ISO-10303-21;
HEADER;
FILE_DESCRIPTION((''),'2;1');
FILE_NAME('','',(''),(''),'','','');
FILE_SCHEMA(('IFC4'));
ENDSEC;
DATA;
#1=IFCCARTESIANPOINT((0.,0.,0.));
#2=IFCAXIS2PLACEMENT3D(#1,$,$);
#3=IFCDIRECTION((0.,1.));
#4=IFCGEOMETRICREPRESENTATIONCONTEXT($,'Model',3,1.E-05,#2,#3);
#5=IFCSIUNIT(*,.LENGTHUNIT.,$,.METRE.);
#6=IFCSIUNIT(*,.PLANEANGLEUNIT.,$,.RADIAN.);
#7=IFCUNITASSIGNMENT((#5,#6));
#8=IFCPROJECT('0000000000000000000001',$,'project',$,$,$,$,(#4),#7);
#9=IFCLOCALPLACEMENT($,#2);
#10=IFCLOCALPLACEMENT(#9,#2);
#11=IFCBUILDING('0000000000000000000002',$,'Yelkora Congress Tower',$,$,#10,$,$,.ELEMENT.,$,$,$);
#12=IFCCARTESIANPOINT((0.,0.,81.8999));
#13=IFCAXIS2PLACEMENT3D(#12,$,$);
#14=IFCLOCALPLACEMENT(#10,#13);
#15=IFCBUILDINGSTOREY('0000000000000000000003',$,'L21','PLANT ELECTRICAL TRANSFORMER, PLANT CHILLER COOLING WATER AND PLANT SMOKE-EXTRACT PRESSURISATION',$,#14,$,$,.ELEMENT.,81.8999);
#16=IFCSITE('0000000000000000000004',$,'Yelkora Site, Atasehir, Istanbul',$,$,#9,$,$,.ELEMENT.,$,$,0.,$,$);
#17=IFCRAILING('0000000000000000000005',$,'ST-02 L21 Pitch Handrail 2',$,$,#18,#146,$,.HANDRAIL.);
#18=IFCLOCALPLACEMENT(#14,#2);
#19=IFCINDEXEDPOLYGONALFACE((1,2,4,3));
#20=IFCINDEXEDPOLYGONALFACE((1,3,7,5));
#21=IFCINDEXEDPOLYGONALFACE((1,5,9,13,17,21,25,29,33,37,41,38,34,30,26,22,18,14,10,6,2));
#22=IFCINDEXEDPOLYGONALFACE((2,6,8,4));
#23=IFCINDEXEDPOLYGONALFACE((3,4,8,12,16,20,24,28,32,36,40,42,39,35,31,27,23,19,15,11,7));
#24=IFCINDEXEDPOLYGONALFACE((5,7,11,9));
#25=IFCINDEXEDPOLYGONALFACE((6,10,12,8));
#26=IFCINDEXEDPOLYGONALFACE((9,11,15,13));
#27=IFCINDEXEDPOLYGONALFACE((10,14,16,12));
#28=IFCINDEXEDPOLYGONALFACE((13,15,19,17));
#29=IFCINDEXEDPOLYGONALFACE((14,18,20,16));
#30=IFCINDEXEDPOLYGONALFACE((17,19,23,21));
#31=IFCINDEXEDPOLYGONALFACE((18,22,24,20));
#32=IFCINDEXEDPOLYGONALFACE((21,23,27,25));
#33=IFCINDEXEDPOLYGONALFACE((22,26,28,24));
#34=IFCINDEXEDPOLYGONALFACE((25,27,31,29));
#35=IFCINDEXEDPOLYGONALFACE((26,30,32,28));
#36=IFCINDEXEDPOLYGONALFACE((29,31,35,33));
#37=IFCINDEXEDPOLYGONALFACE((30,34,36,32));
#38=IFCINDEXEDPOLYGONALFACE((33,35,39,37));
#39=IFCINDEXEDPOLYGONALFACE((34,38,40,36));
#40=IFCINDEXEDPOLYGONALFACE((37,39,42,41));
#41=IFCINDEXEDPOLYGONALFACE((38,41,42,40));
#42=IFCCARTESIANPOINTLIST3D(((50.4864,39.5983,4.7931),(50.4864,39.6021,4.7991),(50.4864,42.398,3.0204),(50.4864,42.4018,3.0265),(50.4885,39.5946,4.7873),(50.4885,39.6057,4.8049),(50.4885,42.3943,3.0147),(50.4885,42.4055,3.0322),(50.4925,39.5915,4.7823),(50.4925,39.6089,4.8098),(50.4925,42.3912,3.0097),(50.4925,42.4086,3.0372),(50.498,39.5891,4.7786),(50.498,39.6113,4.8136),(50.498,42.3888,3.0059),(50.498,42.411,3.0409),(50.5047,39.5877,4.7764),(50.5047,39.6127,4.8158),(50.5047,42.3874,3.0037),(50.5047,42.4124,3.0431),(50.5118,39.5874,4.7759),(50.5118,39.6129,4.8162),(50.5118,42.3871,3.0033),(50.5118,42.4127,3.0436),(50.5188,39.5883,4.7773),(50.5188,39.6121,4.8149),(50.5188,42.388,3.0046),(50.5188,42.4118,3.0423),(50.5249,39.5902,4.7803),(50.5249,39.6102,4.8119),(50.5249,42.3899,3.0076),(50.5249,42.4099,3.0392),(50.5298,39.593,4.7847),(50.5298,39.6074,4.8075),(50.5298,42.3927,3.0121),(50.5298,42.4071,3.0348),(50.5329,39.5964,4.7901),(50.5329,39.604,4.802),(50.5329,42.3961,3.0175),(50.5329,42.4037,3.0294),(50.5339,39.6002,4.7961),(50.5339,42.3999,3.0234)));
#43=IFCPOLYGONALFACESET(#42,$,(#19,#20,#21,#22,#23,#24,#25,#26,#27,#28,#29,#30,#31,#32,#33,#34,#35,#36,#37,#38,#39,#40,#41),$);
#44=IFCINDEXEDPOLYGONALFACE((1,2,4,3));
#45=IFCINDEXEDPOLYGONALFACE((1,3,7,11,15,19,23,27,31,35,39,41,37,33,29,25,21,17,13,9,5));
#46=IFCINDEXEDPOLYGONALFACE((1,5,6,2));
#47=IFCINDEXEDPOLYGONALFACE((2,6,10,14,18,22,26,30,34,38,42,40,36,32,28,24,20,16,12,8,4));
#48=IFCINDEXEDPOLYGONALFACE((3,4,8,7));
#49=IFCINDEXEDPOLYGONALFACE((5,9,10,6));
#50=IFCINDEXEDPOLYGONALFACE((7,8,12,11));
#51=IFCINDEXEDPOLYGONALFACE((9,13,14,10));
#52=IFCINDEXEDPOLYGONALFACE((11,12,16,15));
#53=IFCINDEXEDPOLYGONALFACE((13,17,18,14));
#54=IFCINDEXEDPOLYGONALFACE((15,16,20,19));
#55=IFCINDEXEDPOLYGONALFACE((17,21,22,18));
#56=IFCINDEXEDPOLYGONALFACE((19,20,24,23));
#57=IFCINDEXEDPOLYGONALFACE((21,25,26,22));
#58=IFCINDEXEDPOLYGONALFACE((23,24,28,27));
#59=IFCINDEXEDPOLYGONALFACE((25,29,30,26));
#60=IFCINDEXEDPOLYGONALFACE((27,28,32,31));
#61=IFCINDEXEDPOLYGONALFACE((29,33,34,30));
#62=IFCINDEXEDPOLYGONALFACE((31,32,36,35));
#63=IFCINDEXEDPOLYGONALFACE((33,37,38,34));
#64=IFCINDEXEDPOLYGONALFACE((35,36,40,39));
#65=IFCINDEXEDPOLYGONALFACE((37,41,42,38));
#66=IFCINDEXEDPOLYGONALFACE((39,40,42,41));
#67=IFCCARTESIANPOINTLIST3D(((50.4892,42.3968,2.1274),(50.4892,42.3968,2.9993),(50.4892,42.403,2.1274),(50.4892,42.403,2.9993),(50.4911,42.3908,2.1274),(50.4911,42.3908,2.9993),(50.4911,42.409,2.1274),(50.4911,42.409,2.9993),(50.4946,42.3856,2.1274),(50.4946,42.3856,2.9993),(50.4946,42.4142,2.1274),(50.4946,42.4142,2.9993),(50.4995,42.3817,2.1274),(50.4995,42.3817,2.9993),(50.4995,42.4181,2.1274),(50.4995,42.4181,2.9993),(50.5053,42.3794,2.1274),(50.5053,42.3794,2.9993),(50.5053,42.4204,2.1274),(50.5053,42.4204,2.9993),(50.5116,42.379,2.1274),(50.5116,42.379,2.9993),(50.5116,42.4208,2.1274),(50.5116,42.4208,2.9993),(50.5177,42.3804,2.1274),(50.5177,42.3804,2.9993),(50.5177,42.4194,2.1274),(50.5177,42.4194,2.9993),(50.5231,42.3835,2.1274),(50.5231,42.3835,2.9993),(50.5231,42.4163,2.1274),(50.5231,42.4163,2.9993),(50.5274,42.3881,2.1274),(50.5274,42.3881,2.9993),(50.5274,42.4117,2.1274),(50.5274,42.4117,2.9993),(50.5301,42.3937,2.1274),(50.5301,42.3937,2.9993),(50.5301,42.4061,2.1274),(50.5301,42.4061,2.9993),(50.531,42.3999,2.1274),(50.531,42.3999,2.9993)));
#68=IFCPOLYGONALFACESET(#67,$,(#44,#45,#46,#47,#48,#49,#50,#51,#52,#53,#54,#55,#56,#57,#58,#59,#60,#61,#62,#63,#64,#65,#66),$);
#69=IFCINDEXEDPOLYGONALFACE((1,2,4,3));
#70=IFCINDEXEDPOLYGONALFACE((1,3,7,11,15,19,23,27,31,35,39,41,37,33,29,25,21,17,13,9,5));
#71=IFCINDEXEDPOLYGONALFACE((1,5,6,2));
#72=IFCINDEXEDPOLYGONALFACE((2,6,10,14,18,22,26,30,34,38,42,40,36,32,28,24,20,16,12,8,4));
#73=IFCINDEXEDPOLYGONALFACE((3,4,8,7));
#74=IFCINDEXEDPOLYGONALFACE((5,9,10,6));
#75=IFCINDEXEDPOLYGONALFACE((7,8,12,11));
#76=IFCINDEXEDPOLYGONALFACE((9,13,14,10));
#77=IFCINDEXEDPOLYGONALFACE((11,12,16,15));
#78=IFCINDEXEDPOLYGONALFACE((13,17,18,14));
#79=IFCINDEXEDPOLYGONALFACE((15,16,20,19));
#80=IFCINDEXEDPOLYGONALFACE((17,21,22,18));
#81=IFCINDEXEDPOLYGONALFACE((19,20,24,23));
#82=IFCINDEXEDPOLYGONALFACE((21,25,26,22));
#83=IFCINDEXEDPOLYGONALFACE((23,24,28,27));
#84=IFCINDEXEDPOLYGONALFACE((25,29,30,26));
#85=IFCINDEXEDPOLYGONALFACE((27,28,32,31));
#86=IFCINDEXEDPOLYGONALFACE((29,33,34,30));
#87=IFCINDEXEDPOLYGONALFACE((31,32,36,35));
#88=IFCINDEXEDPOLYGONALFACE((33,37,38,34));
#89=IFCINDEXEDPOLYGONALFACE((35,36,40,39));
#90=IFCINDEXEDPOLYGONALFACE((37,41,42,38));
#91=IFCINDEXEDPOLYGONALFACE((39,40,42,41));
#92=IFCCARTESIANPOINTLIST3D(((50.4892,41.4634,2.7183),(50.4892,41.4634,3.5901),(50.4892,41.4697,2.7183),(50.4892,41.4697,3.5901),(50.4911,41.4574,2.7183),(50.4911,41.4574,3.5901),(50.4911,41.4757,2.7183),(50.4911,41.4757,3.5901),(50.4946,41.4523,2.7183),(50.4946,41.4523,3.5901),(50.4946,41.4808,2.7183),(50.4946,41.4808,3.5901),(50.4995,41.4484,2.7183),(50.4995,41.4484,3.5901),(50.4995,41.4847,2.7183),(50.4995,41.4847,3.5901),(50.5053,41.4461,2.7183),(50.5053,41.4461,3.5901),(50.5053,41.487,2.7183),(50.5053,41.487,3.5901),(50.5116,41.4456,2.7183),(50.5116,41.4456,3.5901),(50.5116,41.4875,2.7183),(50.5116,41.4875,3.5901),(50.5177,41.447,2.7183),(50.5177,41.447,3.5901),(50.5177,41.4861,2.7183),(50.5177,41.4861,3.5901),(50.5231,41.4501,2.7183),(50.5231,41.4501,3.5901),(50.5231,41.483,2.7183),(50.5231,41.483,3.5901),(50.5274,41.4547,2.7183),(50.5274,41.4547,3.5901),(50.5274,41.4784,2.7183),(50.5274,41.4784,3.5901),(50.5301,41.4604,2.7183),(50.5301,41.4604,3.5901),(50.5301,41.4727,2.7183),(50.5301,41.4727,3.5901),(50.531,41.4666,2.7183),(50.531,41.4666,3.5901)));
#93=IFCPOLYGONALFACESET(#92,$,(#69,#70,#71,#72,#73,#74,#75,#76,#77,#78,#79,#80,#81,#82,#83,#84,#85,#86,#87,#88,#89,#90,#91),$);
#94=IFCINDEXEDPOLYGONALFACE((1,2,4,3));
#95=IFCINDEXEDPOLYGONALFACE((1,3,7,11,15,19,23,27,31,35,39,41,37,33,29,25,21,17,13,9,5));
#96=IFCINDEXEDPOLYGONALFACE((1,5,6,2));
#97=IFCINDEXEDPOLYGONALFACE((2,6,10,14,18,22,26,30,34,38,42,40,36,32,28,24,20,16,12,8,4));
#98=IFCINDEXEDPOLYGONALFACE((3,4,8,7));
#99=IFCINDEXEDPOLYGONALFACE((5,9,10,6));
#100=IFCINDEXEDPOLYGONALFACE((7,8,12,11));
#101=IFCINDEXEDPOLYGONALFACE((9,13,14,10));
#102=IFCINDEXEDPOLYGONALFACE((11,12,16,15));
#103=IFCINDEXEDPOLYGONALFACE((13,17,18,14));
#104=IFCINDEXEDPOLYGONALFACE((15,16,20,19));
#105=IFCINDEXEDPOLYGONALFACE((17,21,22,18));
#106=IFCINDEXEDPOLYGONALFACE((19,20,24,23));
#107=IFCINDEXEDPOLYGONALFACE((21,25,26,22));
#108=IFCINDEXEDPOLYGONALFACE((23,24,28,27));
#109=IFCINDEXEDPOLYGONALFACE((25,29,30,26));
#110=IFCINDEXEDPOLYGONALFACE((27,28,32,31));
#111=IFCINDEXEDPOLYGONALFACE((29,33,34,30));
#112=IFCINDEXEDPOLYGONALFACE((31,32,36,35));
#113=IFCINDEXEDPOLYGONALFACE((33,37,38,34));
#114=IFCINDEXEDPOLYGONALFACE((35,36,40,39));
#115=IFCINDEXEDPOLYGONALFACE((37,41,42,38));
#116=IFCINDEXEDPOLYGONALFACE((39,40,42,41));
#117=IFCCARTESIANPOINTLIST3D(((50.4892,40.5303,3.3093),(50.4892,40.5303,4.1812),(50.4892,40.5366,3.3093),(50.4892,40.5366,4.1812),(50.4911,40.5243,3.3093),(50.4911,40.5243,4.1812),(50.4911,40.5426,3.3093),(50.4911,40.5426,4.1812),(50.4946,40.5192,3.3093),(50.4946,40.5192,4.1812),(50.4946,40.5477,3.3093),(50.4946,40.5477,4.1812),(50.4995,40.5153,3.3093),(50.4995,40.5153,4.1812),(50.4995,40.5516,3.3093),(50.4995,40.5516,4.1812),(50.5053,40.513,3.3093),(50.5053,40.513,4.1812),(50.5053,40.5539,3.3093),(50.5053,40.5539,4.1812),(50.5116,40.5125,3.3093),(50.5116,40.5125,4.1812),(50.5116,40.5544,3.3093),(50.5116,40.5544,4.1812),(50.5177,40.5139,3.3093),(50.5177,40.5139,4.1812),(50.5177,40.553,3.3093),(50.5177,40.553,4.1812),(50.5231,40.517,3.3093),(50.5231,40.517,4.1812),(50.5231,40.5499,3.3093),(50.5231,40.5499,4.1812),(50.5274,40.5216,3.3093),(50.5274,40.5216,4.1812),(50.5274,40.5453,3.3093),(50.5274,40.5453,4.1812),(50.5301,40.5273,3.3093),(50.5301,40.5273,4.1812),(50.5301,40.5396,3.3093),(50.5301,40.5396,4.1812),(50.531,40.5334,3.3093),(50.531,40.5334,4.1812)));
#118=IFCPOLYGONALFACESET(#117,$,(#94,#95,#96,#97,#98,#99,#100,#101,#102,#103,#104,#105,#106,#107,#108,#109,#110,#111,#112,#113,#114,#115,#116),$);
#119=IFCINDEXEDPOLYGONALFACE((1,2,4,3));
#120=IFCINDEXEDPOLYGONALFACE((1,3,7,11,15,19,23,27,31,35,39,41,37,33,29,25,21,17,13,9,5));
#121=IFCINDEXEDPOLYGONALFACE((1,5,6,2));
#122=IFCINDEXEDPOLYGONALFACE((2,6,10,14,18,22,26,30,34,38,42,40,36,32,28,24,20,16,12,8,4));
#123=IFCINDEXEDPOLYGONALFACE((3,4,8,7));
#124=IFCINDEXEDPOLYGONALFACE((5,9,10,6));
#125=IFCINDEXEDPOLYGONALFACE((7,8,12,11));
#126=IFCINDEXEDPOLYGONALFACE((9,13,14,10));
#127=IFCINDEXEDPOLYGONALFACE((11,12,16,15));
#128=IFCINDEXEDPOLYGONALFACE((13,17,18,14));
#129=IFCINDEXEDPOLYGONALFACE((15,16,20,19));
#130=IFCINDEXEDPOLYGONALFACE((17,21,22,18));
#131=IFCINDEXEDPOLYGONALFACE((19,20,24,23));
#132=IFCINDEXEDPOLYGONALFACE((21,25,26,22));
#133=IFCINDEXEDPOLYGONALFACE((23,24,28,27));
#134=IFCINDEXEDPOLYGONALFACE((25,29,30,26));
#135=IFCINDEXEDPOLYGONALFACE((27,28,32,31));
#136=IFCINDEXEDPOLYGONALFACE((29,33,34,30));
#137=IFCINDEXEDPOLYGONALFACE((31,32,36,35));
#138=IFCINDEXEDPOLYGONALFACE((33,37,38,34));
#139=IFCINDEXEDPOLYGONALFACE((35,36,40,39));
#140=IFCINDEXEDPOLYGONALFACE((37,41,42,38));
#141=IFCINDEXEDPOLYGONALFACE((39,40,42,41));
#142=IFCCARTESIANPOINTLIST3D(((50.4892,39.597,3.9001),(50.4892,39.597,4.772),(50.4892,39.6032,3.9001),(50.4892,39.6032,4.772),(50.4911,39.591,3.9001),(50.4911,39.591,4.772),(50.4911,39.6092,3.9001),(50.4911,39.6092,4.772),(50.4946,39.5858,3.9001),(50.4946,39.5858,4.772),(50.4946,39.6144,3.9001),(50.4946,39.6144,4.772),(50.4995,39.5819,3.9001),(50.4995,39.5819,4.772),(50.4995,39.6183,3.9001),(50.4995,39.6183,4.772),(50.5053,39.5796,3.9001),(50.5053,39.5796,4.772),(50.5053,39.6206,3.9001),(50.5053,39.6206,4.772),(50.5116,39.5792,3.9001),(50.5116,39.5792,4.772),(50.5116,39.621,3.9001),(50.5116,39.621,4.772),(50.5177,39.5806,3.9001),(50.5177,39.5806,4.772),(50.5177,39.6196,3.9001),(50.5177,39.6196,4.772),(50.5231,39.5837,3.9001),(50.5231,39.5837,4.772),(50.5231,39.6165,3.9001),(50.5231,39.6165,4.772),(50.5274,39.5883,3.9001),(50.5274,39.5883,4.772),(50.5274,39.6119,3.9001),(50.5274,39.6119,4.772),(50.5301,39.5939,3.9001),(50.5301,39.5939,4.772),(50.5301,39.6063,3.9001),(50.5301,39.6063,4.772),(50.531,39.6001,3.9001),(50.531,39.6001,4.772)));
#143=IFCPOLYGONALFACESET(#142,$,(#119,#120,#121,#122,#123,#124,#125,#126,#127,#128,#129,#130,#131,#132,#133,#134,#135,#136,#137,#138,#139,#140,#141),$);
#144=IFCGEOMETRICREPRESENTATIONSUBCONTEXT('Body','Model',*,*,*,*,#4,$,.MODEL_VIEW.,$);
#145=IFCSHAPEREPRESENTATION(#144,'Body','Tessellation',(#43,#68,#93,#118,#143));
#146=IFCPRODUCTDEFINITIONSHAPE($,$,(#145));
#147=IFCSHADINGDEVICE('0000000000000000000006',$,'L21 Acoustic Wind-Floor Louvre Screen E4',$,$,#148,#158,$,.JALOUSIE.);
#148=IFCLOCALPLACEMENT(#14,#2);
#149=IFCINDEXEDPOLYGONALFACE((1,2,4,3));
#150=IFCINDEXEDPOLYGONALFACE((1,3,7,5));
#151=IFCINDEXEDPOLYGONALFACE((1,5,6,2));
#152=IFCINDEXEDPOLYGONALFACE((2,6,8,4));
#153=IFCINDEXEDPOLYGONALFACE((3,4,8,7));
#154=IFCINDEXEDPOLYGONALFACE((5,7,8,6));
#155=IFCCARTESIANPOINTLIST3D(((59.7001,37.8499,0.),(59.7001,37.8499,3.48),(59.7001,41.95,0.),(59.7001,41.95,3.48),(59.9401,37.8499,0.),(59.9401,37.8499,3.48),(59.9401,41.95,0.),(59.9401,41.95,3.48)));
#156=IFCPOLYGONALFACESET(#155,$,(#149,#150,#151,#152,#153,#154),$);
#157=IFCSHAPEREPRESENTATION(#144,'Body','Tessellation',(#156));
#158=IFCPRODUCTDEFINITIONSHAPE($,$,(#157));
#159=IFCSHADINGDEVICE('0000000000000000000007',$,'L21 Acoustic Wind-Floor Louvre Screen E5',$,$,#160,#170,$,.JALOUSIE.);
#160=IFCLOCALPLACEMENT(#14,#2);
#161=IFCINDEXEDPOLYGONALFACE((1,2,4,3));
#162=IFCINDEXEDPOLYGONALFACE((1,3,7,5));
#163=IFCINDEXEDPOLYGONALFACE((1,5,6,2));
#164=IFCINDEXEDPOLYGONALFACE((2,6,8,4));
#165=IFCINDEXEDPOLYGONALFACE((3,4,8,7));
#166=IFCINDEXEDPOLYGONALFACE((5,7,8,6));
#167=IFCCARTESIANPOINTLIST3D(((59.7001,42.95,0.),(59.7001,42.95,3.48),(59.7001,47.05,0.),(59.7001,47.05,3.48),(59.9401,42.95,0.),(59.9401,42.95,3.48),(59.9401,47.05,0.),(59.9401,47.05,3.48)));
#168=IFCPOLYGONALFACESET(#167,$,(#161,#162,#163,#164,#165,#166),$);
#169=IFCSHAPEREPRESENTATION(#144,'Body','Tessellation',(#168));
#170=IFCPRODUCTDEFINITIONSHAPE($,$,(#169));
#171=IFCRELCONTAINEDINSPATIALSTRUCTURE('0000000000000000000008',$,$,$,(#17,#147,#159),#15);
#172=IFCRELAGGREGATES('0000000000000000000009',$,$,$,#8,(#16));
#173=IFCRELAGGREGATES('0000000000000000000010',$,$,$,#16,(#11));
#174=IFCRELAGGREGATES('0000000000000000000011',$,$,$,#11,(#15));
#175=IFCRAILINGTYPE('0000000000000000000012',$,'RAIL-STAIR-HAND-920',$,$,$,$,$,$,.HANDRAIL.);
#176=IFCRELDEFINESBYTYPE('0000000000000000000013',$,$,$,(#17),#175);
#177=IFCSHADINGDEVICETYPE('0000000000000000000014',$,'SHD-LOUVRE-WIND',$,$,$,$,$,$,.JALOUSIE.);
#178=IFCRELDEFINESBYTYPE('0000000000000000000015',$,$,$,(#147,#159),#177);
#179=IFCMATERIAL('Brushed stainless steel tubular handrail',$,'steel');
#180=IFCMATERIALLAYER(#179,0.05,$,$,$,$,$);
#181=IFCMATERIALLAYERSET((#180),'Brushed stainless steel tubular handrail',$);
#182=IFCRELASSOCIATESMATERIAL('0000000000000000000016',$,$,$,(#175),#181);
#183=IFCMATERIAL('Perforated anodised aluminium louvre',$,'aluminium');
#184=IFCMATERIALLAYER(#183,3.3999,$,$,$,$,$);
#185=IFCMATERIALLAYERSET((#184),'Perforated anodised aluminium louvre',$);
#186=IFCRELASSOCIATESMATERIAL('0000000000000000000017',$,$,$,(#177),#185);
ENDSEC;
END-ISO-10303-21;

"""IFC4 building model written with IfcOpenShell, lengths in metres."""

from ifc_helpers import new_model, si_unit, direction, frame, origin, origin_2d, place, context, subcontext, project, spatial, rectangle, circle, extrude, material, layer, layer_set, type_object, element, save


model = new_model("IFC4")

# Units and contexts
model_context = context("Model", 3, precision=1e-05, world=origin(), true_north=direction((0.0, 1.0)))
body_context = subcontext(model_context, "Body", "Model", "MODEL_VIEW")
ifc_project = project(units=[si_unit("LENGTHUNIT", "METRE"), si_unit("PLANEANGLEUNIT", "RADIAN")], contexts=[model_context])

# Site, building, storey
site_placement = place(None, origin())
site = spatial("IfcSite", under=ifc_project, at=site_placement, Name="Yelkora Site, Atasehir, Istanbul", CompositionType="ELEMENT", RefElevation=0.0)
building_placement = place(site_placement, origin())
building = spatial("IfcBuilding", under=site, at=building_placement, Name="Yelkora Congress Tower", CompositionType="ELEMENT")
storey_placement = place(building_placement, frame((0.0, 0.0, 81.8999)))
storey = spatial("IfcBuildingStorey", under=building, at=storey_placement, Name="L21", Description="PLANT ELECTRICAL TRANSFORMER, PLANT CHILLER COOLING WATER AND PLANT SMOKE-EXTRACT PRESSURISATION", CompositionType="ELEMENT", Elevation=81.8999)

# Railing
ifc_material_1 = material(Name="Brushed stainless steel tubular handrail", Category="steel")
ifc_layer_1 = layer(ifc_material_1, 0.05)
ifc_layer_set_1 = layer_set([ifc_layer_1], Name="Brushed stainless steel tubular handrail")
railing_type_1 = type_object("IfcRailingType", Name="RAIL-STAIR-HAND-920", PredefinedType="HANDRAIL", material=ifc_layer_set_1)
railing_1_placement = place(storey_placement, frame((50.51, 42.3999, 2.1274)))
element("IfcRailing", 1, at=railing_1_placement, inside=storey, type_object=railing_type_1, Name="ST-02 L21 Pitch Handrail 2", PredefinedType="HANDRAIL", context=body_context, shape_type="SweptSolid", body=[
    extrude(circle(Radius=0.0239, at=origin_2d()), frame((0.0, 0.0, 0.896), z_axis=(0.0, -0.844888, 0.534943), x_axis=(1.0, 0.0, 0.0)), (0.0, 0.0, 1.0), 3.3137),
    extrude(circle(Radius=0.021, at=origin_2d()), origin(), (0.0, 0.0, 1.0), 0.8718),
    extrude(circle(Radius=0.021, at=origin_2d()), frame((0.0, -0.9333, 0.5908)), (0.0, 0.0, 1.0), 0.8718),
    extrude(circle(Radius=0.021, at=origin_2d()), frame((0.0, -1.8665, 1.1819)), (0.0, 0.0, 1.0), 0.8718),
    extrude(circle(Radius=0.021, at=origin_2d()), frame((0.0, -2.7998, 1.7727)), (0.0, 0.0, 1.0), 0.8718),
])

# Shading devices
ifc_material_2 = material(Name="Perforated anodised aluminium louvre", Category="aluminium")
ifc_layer_2 = layer(ifc_material_2, 3.3999)
ifc_layer_set_2 = layer_set([ifc_layer_2], Name="Perforated anodised aluminium louvre")
shading_device_type = type_object("IfcShadingDeviceType", Name="SHD-LOUVRE-WIND", PredefinedType="JALOUSIE", material=ifc_layer_set_2)
for number, where, z_axis, x_axis, name in (
    (2, (59.8201, 39.8999, 0.0), (0.0, 0.0, 1.0), (1.0, 0.0, 0.0), "L21 Acoustic Wind-Floor Louvre Screen E4"),
    (3, (59.8201, 45.0, 0.0), (0.0, 0.0, 1.0), (1.0, 0.0, 0.0), "L21 Acoustic Wind-Floor Louvre Screen E5"),
):
    element("IfcShadingDevice", number, at=place(storey_placement, frame(where, z_axis=z_axis, x_axis=x_axis)), inside=storey, type_object=shading_device_type, Name=name, PredefinedType="JALOUSIE", context=body_context, shape_type="SweptSolid", body=[
        extrude(rectangle(XDim=0.24, YDim=4.1001, at=origin_2d()), origin(), (0.0, 0.0, 1.0), 3.48),
    ])

save(model, "model.ifc")
